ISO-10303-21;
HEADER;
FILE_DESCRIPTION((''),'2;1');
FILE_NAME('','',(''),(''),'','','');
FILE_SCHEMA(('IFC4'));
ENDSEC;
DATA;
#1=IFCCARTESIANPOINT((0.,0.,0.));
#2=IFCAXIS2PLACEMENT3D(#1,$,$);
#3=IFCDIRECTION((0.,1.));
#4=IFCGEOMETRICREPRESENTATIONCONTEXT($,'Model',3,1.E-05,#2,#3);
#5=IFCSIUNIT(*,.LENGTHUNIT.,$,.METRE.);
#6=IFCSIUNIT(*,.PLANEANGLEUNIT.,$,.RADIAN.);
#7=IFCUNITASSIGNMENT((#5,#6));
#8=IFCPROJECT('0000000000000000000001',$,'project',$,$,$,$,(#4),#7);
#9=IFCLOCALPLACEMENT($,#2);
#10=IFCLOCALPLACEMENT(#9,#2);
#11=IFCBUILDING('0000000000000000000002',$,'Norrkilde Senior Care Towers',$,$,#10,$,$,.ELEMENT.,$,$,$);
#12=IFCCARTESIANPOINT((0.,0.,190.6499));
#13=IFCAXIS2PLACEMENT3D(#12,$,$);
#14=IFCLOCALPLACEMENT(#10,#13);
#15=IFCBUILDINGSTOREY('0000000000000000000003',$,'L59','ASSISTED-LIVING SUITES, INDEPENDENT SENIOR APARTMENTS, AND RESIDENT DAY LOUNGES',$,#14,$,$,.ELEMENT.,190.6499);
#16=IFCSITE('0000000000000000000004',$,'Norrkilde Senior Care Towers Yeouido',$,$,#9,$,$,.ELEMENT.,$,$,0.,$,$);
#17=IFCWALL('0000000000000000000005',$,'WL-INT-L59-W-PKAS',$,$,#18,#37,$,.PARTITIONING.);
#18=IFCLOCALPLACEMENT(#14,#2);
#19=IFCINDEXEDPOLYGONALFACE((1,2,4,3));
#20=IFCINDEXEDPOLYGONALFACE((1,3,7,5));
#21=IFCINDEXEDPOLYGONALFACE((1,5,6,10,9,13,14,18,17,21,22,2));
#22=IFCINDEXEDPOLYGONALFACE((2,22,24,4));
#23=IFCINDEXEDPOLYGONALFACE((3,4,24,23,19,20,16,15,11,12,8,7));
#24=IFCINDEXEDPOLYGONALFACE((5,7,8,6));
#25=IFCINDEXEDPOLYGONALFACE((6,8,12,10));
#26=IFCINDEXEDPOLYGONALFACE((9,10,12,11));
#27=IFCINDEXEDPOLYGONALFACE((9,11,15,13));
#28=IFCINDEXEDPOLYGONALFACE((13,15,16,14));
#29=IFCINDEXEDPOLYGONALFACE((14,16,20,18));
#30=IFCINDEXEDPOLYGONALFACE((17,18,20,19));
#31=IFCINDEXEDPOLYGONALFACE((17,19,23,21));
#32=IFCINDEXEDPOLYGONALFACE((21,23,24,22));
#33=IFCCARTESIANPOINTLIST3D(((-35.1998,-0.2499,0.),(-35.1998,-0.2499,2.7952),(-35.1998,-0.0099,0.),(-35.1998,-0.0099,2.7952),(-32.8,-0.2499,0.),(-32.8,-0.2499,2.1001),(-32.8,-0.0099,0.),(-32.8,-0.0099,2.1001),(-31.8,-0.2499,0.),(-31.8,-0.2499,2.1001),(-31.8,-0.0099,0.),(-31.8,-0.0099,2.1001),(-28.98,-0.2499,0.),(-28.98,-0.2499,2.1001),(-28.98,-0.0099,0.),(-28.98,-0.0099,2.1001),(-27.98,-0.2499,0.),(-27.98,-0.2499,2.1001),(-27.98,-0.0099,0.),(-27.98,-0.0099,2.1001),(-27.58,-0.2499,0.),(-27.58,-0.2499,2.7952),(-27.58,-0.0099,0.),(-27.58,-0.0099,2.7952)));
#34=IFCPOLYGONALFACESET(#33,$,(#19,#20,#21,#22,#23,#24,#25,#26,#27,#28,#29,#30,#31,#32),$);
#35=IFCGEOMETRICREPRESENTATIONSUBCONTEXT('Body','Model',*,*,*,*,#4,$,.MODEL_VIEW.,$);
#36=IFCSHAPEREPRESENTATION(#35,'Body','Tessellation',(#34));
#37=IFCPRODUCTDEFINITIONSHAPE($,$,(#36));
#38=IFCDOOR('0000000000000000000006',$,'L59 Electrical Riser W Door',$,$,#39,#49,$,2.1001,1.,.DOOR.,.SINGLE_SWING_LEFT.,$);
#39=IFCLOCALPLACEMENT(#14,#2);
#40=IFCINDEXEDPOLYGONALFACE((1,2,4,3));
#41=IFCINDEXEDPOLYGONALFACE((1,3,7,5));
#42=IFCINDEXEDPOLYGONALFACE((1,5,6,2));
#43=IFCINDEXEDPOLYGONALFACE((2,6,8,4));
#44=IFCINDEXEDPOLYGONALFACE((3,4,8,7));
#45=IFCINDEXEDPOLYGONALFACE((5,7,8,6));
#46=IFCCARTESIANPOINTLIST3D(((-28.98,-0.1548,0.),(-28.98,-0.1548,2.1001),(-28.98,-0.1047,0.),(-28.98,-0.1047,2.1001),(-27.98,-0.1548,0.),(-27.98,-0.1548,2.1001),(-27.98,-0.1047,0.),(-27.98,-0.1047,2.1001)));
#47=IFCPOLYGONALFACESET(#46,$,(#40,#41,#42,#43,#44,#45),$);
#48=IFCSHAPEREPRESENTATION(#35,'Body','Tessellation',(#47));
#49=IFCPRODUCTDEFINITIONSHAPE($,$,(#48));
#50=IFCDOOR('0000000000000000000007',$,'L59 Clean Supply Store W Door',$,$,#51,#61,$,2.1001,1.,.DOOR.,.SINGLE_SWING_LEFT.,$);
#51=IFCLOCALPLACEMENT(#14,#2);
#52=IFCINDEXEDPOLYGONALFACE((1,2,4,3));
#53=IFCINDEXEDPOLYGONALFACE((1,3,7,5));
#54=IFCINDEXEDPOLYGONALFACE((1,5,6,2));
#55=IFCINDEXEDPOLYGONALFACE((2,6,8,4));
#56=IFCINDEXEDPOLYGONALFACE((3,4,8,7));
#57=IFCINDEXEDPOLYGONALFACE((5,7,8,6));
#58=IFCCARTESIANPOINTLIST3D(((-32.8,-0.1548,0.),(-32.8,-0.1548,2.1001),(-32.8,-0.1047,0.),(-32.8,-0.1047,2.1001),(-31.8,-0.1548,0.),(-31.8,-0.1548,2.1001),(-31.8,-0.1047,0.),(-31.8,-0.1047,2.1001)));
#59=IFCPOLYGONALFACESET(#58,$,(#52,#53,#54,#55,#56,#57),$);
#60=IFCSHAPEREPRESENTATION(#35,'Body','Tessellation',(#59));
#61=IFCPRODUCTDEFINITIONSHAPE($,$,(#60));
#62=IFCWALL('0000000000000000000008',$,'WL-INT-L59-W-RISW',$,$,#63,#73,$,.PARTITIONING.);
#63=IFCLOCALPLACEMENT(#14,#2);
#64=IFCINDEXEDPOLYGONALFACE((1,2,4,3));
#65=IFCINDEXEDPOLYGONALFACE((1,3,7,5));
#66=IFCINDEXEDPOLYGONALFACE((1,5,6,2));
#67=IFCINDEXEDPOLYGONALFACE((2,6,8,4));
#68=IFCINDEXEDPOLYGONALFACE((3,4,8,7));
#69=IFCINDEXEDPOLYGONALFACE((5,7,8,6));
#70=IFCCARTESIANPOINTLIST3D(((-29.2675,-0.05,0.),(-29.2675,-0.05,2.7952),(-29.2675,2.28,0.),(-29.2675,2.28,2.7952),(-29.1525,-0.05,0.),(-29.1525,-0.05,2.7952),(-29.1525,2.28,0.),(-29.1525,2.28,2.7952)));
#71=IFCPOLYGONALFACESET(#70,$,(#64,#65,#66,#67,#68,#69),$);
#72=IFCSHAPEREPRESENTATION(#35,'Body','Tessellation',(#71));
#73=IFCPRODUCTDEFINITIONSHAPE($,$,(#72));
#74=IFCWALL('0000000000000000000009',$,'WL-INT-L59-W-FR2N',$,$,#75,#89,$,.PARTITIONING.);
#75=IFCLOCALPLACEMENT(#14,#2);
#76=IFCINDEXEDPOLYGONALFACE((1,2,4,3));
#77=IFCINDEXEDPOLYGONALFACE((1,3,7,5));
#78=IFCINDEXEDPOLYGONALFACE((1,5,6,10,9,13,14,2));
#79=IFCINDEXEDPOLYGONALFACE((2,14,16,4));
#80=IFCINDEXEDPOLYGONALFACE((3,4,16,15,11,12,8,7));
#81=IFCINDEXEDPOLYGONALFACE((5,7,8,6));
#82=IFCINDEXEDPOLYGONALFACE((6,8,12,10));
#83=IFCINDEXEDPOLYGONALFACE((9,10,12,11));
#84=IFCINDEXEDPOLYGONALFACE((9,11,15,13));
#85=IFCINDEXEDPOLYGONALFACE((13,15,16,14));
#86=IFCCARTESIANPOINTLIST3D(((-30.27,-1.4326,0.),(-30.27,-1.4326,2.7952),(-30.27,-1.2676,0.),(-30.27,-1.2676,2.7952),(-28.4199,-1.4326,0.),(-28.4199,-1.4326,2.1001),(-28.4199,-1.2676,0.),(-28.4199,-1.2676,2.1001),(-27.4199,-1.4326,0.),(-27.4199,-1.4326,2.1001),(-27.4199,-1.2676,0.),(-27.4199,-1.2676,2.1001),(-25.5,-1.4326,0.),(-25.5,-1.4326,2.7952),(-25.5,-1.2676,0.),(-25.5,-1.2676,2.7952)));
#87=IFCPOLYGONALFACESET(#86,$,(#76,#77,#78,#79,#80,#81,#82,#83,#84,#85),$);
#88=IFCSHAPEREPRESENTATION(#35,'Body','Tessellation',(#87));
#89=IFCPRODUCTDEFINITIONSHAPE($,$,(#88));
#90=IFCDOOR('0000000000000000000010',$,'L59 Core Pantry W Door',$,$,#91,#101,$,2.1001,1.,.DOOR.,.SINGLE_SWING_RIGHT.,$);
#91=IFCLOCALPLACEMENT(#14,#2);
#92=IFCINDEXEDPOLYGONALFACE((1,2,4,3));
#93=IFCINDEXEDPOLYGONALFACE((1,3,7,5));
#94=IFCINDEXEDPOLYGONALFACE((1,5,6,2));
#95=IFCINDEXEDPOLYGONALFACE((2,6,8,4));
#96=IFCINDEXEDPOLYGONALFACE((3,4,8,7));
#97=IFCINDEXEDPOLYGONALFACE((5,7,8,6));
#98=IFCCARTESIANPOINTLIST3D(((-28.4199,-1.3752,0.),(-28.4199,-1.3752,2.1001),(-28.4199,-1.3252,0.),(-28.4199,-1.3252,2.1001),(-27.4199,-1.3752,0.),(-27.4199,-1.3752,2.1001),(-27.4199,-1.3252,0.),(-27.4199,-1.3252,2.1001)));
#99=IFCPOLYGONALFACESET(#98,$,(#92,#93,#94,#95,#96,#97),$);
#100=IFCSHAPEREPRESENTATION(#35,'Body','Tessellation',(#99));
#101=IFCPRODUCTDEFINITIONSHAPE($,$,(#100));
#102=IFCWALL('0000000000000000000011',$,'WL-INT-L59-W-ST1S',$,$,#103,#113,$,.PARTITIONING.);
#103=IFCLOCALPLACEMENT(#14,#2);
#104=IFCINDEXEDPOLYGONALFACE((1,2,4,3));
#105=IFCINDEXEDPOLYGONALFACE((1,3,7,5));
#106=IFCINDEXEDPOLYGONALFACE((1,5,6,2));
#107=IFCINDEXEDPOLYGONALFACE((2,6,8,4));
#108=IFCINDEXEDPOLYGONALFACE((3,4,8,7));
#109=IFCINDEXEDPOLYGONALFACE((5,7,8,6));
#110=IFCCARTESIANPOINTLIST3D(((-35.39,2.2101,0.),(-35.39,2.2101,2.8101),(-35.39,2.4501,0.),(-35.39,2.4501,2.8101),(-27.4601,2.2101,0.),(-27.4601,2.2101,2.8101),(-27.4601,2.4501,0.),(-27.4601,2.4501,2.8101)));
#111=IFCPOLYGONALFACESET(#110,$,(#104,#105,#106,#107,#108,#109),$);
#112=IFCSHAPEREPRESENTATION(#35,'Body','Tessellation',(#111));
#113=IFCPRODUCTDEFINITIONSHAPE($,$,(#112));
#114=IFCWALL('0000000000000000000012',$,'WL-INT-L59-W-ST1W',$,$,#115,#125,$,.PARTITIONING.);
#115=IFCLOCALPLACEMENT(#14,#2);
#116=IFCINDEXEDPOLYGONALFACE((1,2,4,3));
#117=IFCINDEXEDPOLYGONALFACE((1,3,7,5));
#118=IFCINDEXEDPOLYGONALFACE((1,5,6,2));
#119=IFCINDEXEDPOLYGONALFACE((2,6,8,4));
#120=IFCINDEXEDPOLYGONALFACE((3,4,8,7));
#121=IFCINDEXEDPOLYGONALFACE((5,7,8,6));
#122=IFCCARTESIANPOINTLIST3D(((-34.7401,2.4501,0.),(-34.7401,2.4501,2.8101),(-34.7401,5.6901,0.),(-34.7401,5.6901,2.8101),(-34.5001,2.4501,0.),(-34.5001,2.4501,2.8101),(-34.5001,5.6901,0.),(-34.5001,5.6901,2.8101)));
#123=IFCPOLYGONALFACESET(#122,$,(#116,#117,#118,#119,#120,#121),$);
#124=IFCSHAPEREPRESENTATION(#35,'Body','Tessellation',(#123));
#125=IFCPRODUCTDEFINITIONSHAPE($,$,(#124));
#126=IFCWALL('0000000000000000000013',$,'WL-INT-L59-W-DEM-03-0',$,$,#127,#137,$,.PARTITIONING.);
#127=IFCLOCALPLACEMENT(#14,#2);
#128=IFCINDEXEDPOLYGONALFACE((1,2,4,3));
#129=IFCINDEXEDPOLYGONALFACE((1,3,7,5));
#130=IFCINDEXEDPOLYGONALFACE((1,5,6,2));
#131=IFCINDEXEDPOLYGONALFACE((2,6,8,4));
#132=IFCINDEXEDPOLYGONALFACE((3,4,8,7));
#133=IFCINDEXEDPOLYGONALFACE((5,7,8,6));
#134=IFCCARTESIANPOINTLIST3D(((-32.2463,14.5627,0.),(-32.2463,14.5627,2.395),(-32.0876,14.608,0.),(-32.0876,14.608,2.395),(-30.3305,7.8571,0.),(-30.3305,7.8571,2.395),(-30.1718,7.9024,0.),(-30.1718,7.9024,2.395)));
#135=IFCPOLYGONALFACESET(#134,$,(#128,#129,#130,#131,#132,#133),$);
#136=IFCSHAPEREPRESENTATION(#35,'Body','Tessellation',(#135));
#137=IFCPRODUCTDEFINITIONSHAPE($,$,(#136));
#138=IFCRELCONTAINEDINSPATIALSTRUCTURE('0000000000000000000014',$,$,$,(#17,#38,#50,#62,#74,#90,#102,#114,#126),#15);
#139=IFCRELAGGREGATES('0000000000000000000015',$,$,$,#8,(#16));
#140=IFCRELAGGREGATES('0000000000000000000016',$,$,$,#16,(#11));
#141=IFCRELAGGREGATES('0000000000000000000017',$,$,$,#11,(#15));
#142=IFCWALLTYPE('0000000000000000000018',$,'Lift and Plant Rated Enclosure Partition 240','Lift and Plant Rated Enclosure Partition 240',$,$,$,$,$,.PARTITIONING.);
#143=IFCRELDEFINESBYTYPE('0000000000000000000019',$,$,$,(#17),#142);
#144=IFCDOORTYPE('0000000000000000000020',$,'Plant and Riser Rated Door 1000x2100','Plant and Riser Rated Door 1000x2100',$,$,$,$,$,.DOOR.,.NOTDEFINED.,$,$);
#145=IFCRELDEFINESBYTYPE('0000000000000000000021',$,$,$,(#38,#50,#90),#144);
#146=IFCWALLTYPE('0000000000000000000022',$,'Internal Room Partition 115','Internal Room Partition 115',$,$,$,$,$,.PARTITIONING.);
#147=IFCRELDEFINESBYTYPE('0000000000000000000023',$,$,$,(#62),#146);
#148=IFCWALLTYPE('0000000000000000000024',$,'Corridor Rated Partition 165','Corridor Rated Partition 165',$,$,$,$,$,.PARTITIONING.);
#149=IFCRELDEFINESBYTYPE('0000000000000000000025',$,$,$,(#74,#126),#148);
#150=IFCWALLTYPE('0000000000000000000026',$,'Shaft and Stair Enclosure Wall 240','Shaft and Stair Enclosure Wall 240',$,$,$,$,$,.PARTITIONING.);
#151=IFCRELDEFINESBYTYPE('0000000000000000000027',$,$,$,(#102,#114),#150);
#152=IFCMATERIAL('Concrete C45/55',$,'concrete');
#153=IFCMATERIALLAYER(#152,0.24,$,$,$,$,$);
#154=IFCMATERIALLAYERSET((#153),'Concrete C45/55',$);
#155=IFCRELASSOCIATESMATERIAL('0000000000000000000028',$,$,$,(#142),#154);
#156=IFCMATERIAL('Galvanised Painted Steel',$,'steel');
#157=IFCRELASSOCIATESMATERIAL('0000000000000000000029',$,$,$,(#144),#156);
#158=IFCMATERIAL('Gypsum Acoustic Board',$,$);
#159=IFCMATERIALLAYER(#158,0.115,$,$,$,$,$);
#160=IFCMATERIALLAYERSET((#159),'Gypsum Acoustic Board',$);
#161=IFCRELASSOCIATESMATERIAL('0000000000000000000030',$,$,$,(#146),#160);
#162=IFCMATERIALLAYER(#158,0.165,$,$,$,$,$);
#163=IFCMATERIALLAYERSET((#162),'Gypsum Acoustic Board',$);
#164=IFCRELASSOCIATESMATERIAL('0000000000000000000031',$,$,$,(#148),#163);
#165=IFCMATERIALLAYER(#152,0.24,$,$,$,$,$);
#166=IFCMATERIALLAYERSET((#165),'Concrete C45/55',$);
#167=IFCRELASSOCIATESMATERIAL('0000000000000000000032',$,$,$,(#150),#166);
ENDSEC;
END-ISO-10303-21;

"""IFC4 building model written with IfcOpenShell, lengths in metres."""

from ifc_helpers import new_model, si_unit, direction, frame, frame_2d, origin, place, context, subcontext, project, spatial, rectangle, extrude, source, transform, mapped, material, layer, layer_set, type_object, type_shapes, element, fill, save


model = new_model("IFC4")

# Units and contexts
model_context = context("Model", 3, precision=1e-05, world=origin(), true_north=direction((0.0, 1.0)))
body_context = subcontext(model_context, "Body", "Model", "MODEL_VIEW")
ifc_project = project(units=[si_unit("LENGTHUNIT", "METRE"), si_unit("PLANEANGLEUNIT", "RADIAN")], contexts=[model_context])

# Site, building, storey
site_placement = place(None, origin())
site = spatial("IfcSite", under=ifc_project, at=site_placement, Name="Norrkilde Senior Care Towers Yeouido", CompositionType="ELEMENT", RefElevation=0.0)
building_placement = place(site_placement, origin())
building = spatial("IfcBuilding", under=site, at=building_placement, Name="Norrkilde Senior Care Towers", CompositionType="ELEMENT")
storey_placement = place(building_placement, frame((0.0, 0.0, 190.6499)))
storey = spatial("IfcBuildingStorey", under=building, at=storey_placement, Name="L59", Description="ASSISTED-LIVING SUITES, INDEPENDENT SENIOR APARTMENTS, AND RESIDENT DAY LOUNGES", CompositionType="ELEMENT", Elevation=190.6499)

# Wall, openings, doors
ifc_material_1 = material(Name="Concrete C45/55", Category="concrete")
ifc_layer_1 = layer(ifc_material_1, 0.24)
ifc_layer_set_1 = layer_set([ifc_layer_1], Name="Concrete C45/55")
wall_type_1 = type_object("IfcWallType", Name="Lift and Plant Rated Enclosure Partition 240", Description="Lift and Plant Rated Enclosure Partition 240", PredefinedType="PARTITIONING", material=ifc_layer_set_1)
shared_shape_1 = source(origin(), body_context, "Body", "SweptSolid", [
    extrude(rectangle(XDim=7.6199, YDim=0.24, at=frame_2d((3.8101, 0.0))), origin(), (0.0, 0.0, 1.0), 2.7952),
])
type_shapes(wall_type_1, [shared_shape_1])
wall_1_placement = place(storey_placement, frame((-35.2, -0.1299, 0.0), z_axis=(0.0, 0.0, 1.0), x_axis=(1.0, 0.0, 0.0)))
wall_1 = element("IfcWall", 1, at=wall_1_placement, inside=storey, type_object=wall_type_1, Name="WL-INT-L59-W-PKAS", PredefinedType="PARTITIONING", context=body_context, shape_type="MappedRepresentation", body=[
    mapped(shared_shape_1, transform((0.0, 0.0, 0.0), x_axis=(1.0, 0.0, 0.0), y_axis=(0.0, 1.0, 0.0), z_axis=(0.0, 0.0, 1.0), scale=1.0)),
])
opening_1_placement = place(wall_1_placement, frame((6.22, 0.0, 0.0)))
opening_1 = element("IfcOpeningElement", 2, at=opening_1_placement, cuts=wall_1, PredefinedType="OPENING", context=body_context, shape_type="SweptSolid", body=[
    extrude(rectangle(XDim=1.0, YDim=2.1001, at=frame_2d((0.5, 1.05))), frame((0.0, 0.1299, 0.0), z_axis=(0.0, -1.0, 0.0), x_axis=(1.0, 0.0, 0.0)), (0.0, 0.0, 1.0), 0.26),
])
opening_2_placement = place(wall_1_placement, frame((2.3999, 0.0, 0.0)))
opening_2 = element("IfcOpeningElement", 3, at=opening_2_placement, cuts=wall_1, PredefinedType="OPENING", context=body_context, shape_type="SweptSolid", body=[
    extrude(rectangle(XDim=1.0, YDim=2.1001, at=frame_2d((0.5, 1.05))), frame((0.0, 0.1299, 0.0), z_axis=(0.0, -1.0, 0.0), x_axis=(1.0, 0.0, 0.0)), (0.0, 0.0, 1.0), 0.26),
])
ifc_material_2 = material(Name="Galvanised Painted Steel", Category="steel")
door_type_1 = type_object("IfcDoorType", Name="Plant and Riser Rated Door 1000x2100", Description="Plant and Riser Rated Door 1000x2100", OperationType="NOTDEFINED", PredefinedType="DOOR", material=ifc_material_2)
shared_shape_2 = source(origin(), body_context, "Body", "SweptSolid", [
    extrude(rectangle(XDim=1.0, YDim=2.1001, at=frame_2d((0.5, 1.05))), frame((0.0, 0.0249, 0.0), z_axis=(0.0, -1.0, 0.0), x_axis=(1.0, 0.0, 0.0)), (0.0, 0.0, 1.0), 0.05),
])
type_shapes(door_type_1, [shared_shape_2])
door_1_placement = place(opening_1_placement, frame((1.0, 0.0, 0.0), z_axis=(0.0, 0.0, 1.0), x_axis=(-1.0, 0.0, 0.0)))
door_1 = element("IfcDoor", 4, at=door_1_placement, inside=storey, type_object=door_type_1, Name="L59 Electrical Riser W Door", OperationType="SINGLE_SWING_LEFT", OverallHeight=2.1001, OverallWidth=1.0, PredefinedType="DOOR", context=body_context, shape_type="MappedRepresentation", body=[
    mapped(shared_shape_2, transform((0.0, 0.0, 0.0), x_axis=(1.0, 0.0, 0.0), y_axis=(0.0, 1.0, 0.0), z_axis=(0.0, 0.0, 1.0), scale=1.0)),
])
fill(opening_1, door_1)
door_2_placement = place(opening_2_placement, frame((1.0, 0.0, 0.0), z_axis=(0.0, 0.0, 1.0), x_axis=(-1.0, 0.0, 0.0)))
door_2 = element("IfcDoor", 5, at=door_2_placement, inside=storey, type_object=door_type_1, Name="L59 Clean Supply Store W Door", OperationType="SINGLE_SWING_LEFT", OverallHeight=2.1001, OverallWidth=1.0, PredefinedType="DOOR", context=body_context, shape_type="MappedRepresentation", body=[
    mapped(shared_shape_2, transform((0.0, 0.0, 0.0), x_axis=(1.0, 0.0, 0.0), y_axis=(0.0, 1.0, 0.0), z_axis=(0.0, 0.0, 1.0), scale=1.0)),
])
fill(opening_2, door_2)

# Wall
ifc_material_3 = material(Name="Gypsum Acoustic Board")
ifc_layer_2 = layer(ifc_material_3, 0.115)
ifc_layer_set_2 = layer_set([ifc_layer_2], Name="Gypsum Acoustic Board")
wall_type_2 = type_object("IfcWallType", Name="Internal Room Partition 115", Description="Internal Room Partition 115", PredefinedType="PARTITIONING", material=ifc_layer_set_2)
shared_shape_3 = source(origin(), body_context, "Body", "SweptSolid", [
    extrude(rectangle(XDim=2.3301, YDim=0.115, at=frame_2d((1.165, 0.0))), origin(), (0.0, 0.0, 1.0), 2.7952),
])
type_shapes(wall_type_2, [shared_shape_3])
wall_2_placement = place(storey_placement, frame((-29.21, -0.05, 0.0), z_axis=(0.0, 0.0, 1.0), x_axis=(0.0, 1.0, 0.0)))
element("IfcWall", 6, at=wall_2_placement, inside=storey, type_object=wall_type_2, Name="WL-INT-L59-W-RISW", PredefinedType="PARTITIONING", context=body_context, shape_type="MappedRepresentation", body=[
    mapped(shared_shape_3, transform((0.0, 0.0, 0.0), x_axis=(1.0, 0.0, 0.0), y_axis=(0.0, 1.0, 0.0), z_axis=(0.0, 0.0, 1.0), scale=1.0)),
])

# Wall, opening, door
ifc_layer_3 = layer(ifc_material_3, 0.165)
ifc_layer_set_3 = layer_set([ifc_layer_3], Name="Gypsum Acoustic Board")
wall_type_3 = type_object("IfcWallType", Name="Corridor Rated Partition 165", Description="Corridor Rated Partition 165", PredefinedType="PARTITIONING", material=ifc_layer_set_3)
shared_shape_4 = source(origin(), body_context, "Body", "SweptSolid", [
    extrude(rectangle(XDim=4.77, YDim=0.165, at=frame_2d((2.385, 0.0))), origin(), (0.0, 0.0, 1.0), 2.7952),
])
wall_3_placement = place(storey_placement, frame((-30.27, -1.3501, 0.0), z_axis=(0.0, 0.0, 1.0), x_axis=(1.0, 0.0, 0.0)))
wall_3 = element("IfcWall", 7, at=wall_3_placement, inside=storey, type_object=wall_type_3, Name="WL-INT-L59-W-FR2N", PredefinedType="PARTITIONING", context=body_context, shape_type="MappedRepresentation", body=[
    mapped(shared_shape_4, transform((0.0, 0.0, 0.0), x_axis=(1.0, 0.0, 0.0), y_axis=(0.0, 1.0, 0.0), z_axis=(0.0, 0.0, 1.0), scale=1.0)),
])
opening_3_placement = place(wall_3_placement, frame((1.8501, 0.0, 0.0)))
opening_3 = element("IfcOpeningElement", 8, at=opening_3_placement, cuts=wall_3, PredefinedType="OPENING", context=body_context, shape_type="SweptSolid", body=[
    extrude(rectangle(XDim=1.0, YDim=2.1001, at=frame_2d((0.5, 1.05))), frame((0.0, 0.0925, 0.0), z_axis=(0.0, -1.0, 0.0), x_axis=(1.0, 0.0, 0.0)), (0.0, 0.0, 1.0), 0.1851),
])
door_3_placement = place(opening_3_placement, origin())
door_3 = element("IfcDoor", 9, at=door_3_placement, inside=storey, type_object=door_type_1, Name="L59 Core Pantry W Door", OperationType="SINGLE_SWING_RIGHT", OverallHeight=2.1001, OverallWidth=1.0, PredefinedType="DOOR", context=body_context, shape_type="MappedRepresentation", body=[
    mapped(shared_shape_2, transform((0.0, 0.0, 0.0), x_axis=(1.0, 0.0, 0.0), y_axis=(0.0, 1.0, 0.0), z_axis=(0.0, 0.0, 1.0), scale=1.0)),
])
fill(opening_3, door_3)

# Walls
ifc_layer_4 = layer(ifc_material_1, 0.24)
ifc_layer_set_4 = layer_set([ifc_layer_4], Name="Concrete C45/55")
wall_type_4 = type_object("IfcWallType", Name="Shaft and Stair Enclosure Wall 240", Description="Shaft and Stair Enclosure Wall 240", PredefinedType="PARTITIONING", material=ifc_layer_set_4)
shared_shape_5 = source(origin(), body_context, "Body", "SweptSolid", [
    extrude(rectangle(XDim=7.9299, YDim=0.24, at=frame_2d((3.9648, 0.0))), origin(), (0.0, 0.0, 1.0), 2.8101),
])
wall_4_placement = place(storey_placement, frame((-35.3899, 2.3301, 0.0), z_axis=(0.0, 0.0, 1.0), x_axis=(1.0, 0.0, 0.0)))
element("IfcWall", 10, at=wall_4_placement, inside=storey, type_object=wall_type_4, Name="WL-INT-L59-W-ST1S", PredefinedType="PARTITIONING", context=body_context, shape_type="MappedRepresentation", body=[
    mapped(shared_shape_5, transform((0.0, 0.0, 0.0), x_axis=(1.0, 0.0, 0.0), y_axis=(0.0, 1.0, 0.0), z_axis=(0.0, 0.0, 1.0), scale=1.0)),
])
shared_shape_6 = source(origin(), body_context, "Body", "SweptSolid", [
    extrude(rectangle(XDim=3.24, YDim=0.24, at=frame_2d((1.6201, 0.0))), origin(), (0.0, 0.0, 1.0), 2.8101),
])
type_shapes(wall_type_4, [shared_shape_5, shared_shape_6])
wall_5_placement = place(storey_placement, frame((-34.6201, 2.45, 0.0), z_axis=(0.0, 0.0, 1.0), x_axis=(0.0, 1.0, 0.0)))
element("IfcWall", 11, at=wall_5_placement, inside=storey, type_object=wall_type_4, Name="WL-INT-L59-W-ST1W", PredefinedType="PARTITIONING", context=body_context, shape_type="MappedRepresentation", body=[
    mapped(shared_shape_6, transform((0.0, 0.0, 0.0), x_axis=(1.0, 0.0, 0.0), y_axis=(0.0, 1.0, 0.0), z_axis=(0.0, 0.0, 1.0), scale=1.0)),
])

# Wall
shared_shape_7 = source(origin(), body_context, "Body", "SweptSolid", [
    extrude(rectangle(XDim=6.9739, YDim=0.165, at=frame_2d((3.4868, 0.0))), origin(), (0.0, 0.0, 1.0), 2.395),
])
wall_6_placement = place(storey_placement, frame((-30.2512, 7.8799, 0.0), z_axis=(0.0, 0.0, 1.0), x_axis=(-0.274707, 0.961528, 0.0)))
element("IfcWall", 12, at=wall_6_placement, inside=storey, type_object=wall_type_3, Name="WL-INT-L59-W-DEM-03-0", PredefinedType="PARTITIONING", context=body_context, shape_type="MappedRepresentation", body=[
    mapped(shared_shape_7, transform((0.0, 0.0, 0.0), x_axis=(1.0, 0.0, 0.0), y_axis=(0.0, 1.0, 0.0), z_axis=(0.0, 0.0, 1.0), scale=1.0)),
])

save(model, "model.ifc")
